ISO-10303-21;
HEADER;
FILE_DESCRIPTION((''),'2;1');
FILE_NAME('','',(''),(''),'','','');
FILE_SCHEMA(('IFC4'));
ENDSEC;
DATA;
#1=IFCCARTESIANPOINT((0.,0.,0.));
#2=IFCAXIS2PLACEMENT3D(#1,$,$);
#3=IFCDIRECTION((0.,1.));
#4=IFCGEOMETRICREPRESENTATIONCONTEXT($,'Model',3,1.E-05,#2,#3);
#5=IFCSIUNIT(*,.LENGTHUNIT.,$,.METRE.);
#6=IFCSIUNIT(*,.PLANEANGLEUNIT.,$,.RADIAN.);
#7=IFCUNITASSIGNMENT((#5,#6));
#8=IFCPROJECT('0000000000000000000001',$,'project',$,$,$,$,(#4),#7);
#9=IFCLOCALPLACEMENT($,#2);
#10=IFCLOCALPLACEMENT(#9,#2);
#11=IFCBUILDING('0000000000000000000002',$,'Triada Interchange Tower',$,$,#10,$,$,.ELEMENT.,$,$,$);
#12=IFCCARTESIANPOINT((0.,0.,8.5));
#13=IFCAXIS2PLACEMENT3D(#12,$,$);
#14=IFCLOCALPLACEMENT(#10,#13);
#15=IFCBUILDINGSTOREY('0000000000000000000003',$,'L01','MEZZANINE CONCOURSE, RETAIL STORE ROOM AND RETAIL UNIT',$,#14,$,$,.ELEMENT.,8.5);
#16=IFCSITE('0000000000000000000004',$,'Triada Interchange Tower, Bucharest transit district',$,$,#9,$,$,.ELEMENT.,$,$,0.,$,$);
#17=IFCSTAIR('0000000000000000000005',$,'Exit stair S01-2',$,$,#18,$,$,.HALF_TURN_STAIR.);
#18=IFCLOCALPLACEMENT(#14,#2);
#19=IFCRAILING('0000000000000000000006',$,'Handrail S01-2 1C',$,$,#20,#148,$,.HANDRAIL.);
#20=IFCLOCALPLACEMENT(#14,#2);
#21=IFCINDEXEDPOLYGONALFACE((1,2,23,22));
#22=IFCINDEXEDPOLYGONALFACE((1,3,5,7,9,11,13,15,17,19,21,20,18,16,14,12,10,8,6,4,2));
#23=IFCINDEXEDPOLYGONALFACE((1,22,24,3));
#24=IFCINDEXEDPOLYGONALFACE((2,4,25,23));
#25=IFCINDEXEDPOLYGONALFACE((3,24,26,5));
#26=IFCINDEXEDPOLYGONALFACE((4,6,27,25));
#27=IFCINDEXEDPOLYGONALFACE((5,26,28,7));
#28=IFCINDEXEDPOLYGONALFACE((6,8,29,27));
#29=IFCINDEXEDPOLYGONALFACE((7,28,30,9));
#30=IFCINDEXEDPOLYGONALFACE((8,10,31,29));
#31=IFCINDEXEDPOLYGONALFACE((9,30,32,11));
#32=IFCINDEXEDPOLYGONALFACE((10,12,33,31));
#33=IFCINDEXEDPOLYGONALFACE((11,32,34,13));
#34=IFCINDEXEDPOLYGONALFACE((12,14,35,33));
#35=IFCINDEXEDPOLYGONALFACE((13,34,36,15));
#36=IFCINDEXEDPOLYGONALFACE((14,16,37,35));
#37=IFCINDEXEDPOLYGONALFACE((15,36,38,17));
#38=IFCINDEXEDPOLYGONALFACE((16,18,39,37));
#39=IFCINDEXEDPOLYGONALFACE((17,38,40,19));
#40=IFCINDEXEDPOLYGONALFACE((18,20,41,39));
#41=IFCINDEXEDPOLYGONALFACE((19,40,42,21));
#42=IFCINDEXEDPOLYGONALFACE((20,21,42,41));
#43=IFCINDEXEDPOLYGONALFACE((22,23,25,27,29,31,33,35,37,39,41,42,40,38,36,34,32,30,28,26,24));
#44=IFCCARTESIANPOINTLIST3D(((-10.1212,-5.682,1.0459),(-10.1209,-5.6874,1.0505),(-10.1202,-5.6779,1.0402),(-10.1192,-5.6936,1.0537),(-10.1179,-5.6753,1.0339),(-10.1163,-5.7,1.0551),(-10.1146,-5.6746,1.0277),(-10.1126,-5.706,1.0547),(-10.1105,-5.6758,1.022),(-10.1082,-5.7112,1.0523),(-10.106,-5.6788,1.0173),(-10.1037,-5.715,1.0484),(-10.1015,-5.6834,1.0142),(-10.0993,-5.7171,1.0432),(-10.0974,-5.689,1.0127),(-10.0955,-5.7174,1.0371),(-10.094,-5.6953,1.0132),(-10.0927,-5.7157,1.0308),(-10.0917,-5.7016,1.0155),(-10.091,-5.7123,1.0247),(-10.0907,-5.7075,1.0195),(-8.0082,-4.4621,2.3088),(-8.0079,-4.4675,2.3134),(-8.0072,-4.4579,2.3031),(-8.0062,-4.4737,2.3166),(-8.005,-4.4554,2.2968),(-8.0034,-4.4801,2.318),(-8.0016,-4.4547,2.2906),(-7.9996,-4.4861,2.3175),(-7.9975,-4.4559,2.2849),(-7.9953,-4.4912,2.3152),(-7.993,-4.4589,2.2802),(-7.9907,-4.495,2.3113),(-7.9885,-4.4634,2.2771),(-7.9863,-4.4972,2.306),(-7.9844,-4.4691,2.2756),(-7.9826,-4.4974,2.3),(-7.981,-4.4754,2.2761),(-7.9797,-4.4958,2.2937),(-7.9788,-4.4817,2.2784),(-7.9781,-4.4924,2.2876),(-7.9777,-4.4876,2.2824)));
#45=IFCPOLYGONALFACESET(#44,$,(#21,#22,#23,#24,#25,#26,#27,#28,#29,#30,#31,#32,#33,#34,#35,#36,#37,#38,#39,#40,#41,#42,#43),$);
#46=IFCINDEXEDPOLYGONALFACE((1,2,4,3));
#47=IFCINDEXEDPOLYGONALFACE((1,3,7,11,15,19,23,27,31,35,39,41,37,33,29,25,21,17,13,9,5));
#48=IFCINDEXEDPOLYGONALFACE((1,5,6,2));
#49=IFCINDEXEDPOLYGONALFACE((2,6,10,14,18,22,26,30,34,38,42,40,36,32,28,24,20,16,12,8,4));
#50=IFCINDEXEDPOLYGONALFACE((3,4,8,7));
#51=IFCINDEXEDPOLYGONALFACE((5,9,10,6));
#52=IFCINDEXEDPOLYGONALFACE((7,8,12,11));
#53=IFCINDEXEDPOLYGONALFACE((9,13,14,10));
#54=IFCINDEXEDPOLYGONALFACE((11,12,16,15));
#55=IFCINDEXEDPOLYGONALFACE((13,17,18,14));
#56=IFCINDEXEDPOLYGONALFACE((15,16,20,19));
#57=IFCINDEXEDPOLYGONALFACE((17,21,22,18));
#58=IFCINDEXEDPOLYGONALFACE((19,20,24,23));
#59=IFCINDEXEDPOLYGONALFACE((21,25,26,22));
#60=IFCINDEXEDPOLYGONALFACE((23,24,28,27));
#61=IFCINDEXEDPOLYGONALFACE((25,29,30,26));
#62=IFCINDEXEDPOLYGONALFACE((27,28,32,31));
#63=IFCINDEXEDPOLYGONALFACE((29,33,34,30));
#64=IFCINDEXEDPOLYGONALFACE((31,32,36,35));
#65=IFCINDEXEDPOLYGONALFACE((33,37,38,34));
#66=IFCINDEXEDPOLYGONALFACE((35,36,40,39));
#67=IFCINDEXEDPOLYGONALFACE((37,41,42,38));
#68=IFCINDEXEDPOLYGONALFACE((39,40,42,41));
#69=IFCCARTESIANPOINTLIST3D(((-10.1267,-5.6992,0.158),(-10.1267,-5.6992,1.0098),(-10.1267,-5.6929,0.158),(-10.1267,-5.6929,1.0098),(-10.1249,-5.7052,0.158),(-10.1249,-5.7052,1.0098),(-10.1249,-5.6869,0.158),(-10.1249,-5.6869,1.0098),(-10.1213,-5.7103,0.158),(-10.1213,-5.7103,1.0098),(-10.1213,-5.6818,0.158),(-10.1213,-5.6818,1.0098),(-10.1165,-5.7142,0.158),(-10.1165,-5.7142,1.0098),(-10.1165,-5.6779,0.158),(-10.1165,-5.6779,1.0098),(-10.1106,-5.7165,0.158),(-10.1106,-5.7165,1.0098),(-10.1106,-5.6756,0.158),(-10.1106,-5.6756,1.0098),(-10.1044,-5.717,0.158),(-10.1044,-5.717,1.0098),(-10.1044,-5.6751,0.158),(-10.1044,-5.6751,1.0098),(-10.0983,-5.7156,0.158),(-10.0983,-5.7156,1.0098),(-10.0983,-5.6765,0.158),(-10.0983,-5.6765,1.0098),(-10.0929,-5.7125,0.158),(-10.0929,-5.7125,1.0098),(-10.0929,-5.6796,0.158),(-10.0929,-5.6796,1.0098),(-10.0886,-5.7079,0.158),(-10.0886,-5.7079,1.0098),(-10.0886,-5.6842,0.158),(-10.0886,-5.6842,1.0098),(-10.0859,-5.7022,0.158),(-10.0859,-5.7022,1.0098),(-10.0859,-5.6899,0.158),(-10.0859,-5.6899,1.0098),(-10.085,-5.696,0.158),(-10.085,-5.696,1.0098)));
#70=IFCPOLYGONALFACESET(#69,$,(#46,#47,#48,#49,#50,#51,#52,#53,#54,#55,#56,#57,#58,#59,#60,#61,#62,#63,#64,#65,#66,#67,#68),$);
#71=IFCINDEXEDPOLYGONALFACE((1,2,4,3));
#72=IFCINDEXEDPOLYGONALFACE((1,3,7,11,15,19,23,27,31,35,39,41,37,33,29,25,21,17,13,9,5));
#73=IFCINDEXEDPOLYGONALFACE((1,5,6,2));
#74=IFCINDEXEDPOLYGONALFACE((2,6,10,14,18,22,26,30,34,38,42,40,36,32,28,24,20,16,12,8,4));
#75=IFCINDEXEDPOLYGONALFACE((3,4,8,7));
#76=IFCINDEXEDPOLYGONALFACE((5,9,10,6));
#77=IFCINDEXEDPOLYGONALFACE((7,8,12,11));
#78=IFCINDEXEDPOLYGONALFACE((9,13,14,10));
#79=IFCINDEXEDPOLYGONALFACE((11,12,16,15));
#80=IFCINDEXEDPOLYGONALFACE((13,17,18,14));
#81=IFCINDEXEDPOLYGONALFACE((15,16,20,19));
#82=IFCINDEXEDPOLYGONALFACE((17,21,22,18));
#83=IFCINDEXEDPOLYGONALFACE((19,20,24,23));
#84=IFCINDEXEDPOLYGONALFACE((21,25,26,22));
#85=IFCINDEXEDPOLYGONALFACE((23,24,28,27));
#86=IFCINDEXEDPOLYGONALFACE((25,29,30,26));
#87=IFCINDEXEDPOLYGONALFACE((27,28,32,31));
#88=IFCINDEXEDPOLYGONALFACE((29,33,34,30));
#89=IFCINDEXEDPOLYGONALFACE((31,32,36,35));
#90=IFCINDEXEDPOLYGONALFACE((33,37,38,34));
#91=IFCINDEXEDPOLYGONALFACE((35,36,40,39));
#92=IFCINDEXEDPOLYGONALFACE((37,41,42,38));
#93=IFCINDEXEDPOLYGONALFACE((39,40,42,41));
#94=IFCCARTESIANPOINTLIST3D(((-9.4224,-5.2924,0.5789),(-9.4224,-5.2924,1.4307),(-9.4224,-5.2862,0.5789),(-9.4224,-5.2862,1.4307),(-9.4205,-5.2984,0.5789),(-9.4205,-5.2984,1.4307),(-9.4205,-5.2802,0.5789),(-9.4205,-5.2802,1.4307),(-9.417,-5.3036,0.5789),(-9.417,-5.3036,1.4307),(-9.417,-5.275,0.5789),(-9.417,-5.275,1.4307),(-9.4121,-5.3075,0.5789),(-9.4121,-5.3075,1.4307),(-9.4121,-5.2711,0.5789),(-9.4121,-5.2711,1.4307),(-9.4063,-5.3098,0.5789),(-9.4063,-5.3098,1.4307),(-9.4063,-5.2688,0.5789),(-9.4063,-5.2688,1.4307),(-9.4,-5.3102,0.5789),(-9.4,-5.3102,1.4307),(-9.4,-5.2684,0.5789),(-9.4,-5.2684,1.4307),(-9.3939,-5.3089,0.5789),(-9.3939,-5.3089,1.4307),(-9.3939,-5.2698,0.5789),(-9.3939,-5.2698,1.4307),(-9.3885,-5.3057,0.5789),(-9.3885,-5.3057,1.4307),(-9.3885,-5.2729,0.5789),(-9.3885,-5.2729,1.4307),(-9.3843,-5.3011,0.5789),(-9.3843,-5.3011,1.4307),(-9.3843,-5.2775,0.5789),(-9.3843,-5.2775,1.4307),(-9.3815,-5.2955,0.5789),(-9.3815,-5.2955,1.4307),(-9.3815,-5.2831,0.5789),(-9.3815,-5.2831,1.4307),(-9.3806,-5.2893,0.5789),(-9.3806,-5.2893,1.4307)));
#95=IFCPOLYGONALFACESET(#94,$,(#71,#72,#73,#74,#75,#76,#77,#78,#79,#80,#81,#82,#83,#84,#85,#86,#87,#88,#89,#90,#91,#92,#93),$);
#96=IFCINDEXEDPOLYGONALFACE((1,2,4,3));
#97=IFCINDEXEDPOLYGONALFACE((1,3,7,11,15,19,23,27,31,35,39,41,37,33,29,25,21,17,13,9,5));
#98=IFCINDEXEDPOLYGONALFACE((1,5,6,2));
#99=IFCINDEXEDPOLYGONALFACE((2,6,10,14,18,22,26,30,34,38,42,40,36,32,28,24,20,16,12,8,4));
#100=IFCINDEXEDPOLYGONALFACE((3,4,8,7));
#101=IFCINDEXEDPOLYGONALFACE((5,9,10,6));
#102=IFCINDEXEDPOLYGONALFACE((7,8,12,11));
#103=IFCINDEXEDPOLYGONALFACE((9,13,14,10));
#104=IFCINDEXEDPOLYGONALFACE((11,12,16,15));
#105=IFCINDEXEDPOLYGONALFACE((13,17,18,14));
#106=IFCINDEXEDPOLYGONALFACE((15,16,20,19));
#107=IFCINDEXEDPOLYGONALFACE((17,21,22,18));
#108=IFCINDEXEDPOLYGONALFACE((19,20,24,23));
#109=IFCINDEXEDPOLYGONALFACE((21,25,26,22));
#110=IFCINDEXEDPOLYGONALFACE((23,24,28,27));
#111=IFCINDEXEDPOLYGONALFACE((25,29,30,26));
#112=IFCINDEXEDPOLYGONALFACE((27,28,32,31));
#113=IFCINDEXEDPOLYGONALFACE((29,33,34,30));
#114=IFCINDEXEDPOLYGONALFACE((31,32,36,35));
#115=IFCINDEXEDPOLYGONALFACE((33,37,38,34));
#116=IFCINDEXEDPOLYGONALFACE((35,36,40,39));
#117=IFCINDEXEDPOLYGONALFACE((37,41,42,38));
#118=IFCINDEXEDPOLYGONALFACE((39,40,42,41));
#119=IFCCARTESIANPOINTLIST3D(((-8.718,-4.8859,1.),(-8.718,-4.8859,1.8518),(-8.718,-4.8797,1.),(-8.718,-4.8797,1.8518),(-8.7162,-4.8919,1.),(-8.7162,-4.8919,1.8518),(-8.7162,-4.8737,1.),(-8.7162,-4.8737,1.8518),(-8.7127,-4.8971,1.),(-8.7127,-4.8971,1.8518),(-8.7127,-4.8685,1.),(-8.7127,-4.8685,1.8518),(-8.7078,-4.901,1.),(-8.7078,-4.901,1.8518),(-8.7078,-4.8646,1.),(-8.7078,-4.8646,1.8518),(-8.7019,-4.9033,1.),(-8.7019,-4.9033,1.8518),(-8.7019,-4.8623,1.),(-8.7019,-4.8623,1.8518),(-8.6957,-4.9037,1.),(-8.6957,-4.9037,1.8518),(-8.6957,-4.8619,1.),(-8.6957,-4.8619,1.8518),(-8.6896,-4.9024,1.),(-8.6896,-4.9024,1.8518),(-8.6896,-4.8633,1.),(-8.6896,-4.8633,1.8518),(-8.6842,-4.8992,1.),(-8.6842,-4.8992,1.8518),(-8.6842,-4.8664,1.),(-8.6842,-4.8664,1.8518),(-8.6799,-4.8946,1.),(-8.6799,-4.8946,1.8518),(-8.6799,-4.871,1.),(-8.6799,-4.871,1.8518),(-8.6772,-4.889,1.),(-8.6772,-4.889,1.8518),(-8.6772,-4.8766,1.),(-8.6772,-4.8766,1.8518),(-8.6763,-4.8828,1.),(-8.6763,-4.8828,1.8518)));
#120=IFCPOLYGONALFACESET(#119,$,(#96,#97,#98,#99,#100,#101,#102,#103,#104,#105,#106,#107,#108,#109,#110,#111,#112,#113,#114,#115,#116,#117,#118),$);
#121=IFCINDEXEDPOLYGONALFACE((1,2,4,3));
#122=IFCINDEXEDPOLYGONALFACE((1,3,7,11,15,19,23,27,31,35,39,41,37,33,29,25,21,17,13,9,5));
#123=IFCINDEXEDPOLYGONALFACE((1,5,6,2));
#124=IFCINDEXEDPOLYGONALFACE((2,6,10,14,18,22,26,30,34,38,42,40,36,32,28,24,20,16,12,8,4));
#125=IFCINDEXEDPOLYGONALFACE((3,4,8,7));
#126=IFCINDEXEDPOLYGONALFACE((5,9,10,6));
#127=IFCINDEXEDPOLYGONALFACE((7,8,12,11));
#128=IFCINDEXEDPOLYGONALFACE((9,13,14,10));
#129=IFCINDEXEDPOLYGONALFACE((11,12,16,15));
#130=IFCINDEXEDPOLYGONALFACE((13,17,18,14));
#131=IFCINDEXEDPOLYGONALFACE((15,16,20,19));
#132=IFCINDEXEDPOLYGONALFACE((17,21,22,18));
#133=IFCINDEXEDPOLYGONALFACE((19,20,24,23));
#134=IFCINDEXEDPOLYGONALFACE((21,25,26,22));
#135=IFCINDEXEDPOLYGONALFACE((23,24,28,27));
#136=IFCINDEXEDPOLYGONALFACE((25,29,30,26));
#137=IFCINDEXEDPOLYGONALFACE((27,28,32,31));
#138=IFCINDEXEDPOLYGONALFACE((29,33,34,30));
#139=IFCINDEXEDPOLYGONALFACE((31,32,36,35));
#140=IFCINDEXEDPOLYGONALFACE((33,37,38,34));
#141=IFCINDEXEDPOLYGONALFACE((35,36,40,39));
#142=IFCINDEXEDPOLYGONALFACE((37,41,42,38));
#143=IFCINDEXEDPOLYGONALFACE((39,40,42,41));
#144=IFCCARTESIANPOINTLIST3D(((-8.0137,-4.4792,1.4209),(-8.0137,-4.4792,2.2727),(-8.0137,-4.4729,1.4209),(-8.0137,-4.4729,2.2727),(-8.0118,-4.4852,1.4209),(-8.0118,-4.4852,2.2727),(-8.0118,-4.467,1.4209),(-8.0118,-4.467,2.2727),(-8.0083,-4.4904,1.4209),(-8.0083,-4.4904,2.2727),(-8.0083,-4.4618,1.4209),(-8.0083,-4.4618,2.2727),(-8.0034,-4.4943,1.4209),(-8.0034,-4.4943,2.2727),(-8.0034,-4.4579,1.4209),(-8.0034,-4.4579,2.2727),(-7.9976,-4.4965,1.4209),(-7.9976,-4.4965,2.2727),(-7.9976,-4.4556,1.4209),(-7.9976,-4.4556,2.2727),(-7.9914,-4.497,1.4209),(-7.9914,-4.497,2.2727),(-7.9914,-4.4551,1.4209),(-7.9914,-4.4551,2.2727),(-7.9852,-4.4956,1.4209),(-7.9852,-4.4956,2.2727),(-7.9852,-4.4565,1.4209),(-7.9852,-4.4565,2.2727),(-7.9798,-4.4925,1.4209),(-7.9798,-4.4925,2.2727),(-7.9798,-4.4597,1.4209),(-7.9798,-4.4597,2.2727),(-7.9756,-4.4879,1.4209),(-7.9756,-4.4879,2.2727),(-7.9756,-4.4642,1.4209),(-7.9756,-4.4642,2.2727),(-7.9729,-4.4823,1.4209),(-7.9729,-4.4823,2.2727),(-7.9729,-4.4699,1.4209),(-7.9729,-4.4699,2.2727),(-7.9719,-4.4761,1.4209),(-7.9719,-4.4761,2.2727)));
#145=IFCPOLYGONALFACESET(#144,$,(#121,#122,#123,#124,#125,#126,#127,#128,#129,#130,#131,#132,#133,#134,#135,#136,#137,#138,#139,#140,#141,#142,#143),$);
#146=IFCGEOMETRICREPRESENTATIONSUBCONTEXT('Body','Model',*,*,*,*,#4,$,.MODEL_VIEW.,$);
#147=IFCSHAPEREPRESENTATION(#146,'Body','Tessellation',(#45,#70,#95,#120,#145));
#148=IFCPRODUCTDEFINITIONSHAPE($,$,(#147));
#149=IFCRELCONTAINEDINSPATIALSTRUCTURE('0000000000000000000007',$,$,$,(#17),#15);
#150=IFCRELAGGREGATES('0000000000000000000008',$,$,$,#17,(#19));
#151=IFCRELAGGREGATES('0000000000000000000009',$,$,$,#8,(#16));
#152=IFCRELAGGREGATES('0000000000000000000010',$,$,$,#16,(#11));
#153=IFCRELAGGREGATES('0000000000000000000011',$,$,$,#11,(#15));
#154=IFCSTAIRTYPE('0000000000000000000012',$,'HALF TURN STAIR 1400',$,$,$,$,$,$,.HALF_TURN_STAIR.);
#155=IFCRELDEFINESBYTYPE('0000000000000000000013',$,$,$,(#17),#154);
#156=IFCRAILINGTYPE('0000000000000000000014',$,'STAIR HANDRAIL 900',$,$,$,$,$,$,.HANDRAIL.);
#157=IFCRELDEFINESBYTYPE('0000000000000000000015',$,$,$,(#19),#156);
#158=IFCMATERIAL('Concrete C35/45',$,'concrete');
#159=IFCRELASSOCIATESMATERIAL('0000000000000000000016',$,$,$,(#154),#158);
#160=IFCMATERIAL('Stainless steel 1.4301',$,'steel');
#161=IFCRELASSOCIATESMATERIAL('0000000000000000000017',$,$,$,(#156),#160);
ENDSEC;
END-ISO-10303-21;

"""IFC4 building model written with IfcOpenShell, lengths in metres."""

from ifc_helpers import new_model, si_unit, direction, frame, origin, origin_2d, place, context, subcontext, project, spatial, circle, extrude, material, type_object, element, aggregate, save


model = new_model("IFC4")

# Units and contexts
model_context = context("Model", 3, precision=1e-05, world=origin(), true_north=direction((0.0, 1.0)))
body_context = subcontext(model_context, "Body", "Model", "MODEL_VIEW")
ifc_project = project(units=[si_unit("LENGTHUNIT", "METRE"), si_unit("PLANEANGLEUNIT", "RADIAN")], contexts=[model_context])

# Site, building, storey
site_placement = place(None, origin())
site = spatial("IfcSite", under=ifc_project, at=site_placement, Name="Triada Interchange Tower, Bucharest transit district", CompositionType="ELEMENT", RefElevation=0.0)
building_placement = place(site_placement, origin())
building = spatial("IfcBuilding", under=site, at=building_placement, Name="Triada Interchange Tower", CompositionType="ELEMENT")
storey_placement = place(building_placement, frame((0.0, 0.0, 8.5)))
storey = spatial("IfcBuildingStorey", under=building, at=storey_placement, Name="L01", Description="MEZZANINE CONCOURSE, RETAIL STORE ROOM AND RETAIL UNIT", CompositionType="ELEMENT", Elevation=8.5)

# Shared definitions
ifc_material_1 = material(Name="Concrete C35/45", Category="concrete")

# Stair
stair_type = type_object("IfcStairType", Name="HALF TURN STAIR 1400", PredefinedType="HALF_TURN_STAIR", material=ifc_material_1)
stair_1_placement = place(storey_placement, origin())
stair_1 = element("IfcStair", 1, at=stair_1_placement, inside=storey, type_object=stair_type, Name="Exit stair S01-2", PredefinedType="HALF_TURN_STAIR")

# Railing
ifc_material_2 = material(Name="Stainless steel 1.4301", Category="steel")
railing_type_1 = type_object("IfcRailingType", Name="STAIR HANDRAIL 900", PredefinedType="HANDRAIL", material=ifc_material_2)
railing_1_placement = place(storey_placement, frame((-10.106, -5.696, 0.158)))
railing_1 = element("IfcRailing", 2, at=railing_1_placement, type_object=railing_type_1, Name="Handrail S01-2 1C", PredefinedType="HANDRAIL", context=body_context, shape_type="SweptSolid", body=[
    extrude(circle(Radius=0.0239, at=origin_2d()), frame((0.0, 0.0, 0.876), z_axis=(0.769101, 0.444044, 0.459683), x_axis=(-0.500003, 0.866024, 0.0)), (0.0, 0.0, 1.0), 2.7473),
    extrude(circle(Radius=0.021, at=origin_2d()), origin(), (0.0, 0.0, 1.0), 0.8518),
    extrude(circle(Radius=0.021, at=origin_2d()), frame((0.7043, 0.4067, 0.4209)), (0.0, 0.0, 1.0), 0.8518),
    extrude(circle(Radius=0.021, at=origin_2d()), frame((1.4087, 0.8132, 0.842)), (0.0, 0.0, 1.0), 0.8518),
    extrude(circle(Radius=0.021, at=origin_2d()), frame((2.113, 1.22, 1.2629)), (0.0, 0.0, 1.0), 0.8518),
])
aggregate(stair_1, [railing_1])

save(model, "model.ifc")
